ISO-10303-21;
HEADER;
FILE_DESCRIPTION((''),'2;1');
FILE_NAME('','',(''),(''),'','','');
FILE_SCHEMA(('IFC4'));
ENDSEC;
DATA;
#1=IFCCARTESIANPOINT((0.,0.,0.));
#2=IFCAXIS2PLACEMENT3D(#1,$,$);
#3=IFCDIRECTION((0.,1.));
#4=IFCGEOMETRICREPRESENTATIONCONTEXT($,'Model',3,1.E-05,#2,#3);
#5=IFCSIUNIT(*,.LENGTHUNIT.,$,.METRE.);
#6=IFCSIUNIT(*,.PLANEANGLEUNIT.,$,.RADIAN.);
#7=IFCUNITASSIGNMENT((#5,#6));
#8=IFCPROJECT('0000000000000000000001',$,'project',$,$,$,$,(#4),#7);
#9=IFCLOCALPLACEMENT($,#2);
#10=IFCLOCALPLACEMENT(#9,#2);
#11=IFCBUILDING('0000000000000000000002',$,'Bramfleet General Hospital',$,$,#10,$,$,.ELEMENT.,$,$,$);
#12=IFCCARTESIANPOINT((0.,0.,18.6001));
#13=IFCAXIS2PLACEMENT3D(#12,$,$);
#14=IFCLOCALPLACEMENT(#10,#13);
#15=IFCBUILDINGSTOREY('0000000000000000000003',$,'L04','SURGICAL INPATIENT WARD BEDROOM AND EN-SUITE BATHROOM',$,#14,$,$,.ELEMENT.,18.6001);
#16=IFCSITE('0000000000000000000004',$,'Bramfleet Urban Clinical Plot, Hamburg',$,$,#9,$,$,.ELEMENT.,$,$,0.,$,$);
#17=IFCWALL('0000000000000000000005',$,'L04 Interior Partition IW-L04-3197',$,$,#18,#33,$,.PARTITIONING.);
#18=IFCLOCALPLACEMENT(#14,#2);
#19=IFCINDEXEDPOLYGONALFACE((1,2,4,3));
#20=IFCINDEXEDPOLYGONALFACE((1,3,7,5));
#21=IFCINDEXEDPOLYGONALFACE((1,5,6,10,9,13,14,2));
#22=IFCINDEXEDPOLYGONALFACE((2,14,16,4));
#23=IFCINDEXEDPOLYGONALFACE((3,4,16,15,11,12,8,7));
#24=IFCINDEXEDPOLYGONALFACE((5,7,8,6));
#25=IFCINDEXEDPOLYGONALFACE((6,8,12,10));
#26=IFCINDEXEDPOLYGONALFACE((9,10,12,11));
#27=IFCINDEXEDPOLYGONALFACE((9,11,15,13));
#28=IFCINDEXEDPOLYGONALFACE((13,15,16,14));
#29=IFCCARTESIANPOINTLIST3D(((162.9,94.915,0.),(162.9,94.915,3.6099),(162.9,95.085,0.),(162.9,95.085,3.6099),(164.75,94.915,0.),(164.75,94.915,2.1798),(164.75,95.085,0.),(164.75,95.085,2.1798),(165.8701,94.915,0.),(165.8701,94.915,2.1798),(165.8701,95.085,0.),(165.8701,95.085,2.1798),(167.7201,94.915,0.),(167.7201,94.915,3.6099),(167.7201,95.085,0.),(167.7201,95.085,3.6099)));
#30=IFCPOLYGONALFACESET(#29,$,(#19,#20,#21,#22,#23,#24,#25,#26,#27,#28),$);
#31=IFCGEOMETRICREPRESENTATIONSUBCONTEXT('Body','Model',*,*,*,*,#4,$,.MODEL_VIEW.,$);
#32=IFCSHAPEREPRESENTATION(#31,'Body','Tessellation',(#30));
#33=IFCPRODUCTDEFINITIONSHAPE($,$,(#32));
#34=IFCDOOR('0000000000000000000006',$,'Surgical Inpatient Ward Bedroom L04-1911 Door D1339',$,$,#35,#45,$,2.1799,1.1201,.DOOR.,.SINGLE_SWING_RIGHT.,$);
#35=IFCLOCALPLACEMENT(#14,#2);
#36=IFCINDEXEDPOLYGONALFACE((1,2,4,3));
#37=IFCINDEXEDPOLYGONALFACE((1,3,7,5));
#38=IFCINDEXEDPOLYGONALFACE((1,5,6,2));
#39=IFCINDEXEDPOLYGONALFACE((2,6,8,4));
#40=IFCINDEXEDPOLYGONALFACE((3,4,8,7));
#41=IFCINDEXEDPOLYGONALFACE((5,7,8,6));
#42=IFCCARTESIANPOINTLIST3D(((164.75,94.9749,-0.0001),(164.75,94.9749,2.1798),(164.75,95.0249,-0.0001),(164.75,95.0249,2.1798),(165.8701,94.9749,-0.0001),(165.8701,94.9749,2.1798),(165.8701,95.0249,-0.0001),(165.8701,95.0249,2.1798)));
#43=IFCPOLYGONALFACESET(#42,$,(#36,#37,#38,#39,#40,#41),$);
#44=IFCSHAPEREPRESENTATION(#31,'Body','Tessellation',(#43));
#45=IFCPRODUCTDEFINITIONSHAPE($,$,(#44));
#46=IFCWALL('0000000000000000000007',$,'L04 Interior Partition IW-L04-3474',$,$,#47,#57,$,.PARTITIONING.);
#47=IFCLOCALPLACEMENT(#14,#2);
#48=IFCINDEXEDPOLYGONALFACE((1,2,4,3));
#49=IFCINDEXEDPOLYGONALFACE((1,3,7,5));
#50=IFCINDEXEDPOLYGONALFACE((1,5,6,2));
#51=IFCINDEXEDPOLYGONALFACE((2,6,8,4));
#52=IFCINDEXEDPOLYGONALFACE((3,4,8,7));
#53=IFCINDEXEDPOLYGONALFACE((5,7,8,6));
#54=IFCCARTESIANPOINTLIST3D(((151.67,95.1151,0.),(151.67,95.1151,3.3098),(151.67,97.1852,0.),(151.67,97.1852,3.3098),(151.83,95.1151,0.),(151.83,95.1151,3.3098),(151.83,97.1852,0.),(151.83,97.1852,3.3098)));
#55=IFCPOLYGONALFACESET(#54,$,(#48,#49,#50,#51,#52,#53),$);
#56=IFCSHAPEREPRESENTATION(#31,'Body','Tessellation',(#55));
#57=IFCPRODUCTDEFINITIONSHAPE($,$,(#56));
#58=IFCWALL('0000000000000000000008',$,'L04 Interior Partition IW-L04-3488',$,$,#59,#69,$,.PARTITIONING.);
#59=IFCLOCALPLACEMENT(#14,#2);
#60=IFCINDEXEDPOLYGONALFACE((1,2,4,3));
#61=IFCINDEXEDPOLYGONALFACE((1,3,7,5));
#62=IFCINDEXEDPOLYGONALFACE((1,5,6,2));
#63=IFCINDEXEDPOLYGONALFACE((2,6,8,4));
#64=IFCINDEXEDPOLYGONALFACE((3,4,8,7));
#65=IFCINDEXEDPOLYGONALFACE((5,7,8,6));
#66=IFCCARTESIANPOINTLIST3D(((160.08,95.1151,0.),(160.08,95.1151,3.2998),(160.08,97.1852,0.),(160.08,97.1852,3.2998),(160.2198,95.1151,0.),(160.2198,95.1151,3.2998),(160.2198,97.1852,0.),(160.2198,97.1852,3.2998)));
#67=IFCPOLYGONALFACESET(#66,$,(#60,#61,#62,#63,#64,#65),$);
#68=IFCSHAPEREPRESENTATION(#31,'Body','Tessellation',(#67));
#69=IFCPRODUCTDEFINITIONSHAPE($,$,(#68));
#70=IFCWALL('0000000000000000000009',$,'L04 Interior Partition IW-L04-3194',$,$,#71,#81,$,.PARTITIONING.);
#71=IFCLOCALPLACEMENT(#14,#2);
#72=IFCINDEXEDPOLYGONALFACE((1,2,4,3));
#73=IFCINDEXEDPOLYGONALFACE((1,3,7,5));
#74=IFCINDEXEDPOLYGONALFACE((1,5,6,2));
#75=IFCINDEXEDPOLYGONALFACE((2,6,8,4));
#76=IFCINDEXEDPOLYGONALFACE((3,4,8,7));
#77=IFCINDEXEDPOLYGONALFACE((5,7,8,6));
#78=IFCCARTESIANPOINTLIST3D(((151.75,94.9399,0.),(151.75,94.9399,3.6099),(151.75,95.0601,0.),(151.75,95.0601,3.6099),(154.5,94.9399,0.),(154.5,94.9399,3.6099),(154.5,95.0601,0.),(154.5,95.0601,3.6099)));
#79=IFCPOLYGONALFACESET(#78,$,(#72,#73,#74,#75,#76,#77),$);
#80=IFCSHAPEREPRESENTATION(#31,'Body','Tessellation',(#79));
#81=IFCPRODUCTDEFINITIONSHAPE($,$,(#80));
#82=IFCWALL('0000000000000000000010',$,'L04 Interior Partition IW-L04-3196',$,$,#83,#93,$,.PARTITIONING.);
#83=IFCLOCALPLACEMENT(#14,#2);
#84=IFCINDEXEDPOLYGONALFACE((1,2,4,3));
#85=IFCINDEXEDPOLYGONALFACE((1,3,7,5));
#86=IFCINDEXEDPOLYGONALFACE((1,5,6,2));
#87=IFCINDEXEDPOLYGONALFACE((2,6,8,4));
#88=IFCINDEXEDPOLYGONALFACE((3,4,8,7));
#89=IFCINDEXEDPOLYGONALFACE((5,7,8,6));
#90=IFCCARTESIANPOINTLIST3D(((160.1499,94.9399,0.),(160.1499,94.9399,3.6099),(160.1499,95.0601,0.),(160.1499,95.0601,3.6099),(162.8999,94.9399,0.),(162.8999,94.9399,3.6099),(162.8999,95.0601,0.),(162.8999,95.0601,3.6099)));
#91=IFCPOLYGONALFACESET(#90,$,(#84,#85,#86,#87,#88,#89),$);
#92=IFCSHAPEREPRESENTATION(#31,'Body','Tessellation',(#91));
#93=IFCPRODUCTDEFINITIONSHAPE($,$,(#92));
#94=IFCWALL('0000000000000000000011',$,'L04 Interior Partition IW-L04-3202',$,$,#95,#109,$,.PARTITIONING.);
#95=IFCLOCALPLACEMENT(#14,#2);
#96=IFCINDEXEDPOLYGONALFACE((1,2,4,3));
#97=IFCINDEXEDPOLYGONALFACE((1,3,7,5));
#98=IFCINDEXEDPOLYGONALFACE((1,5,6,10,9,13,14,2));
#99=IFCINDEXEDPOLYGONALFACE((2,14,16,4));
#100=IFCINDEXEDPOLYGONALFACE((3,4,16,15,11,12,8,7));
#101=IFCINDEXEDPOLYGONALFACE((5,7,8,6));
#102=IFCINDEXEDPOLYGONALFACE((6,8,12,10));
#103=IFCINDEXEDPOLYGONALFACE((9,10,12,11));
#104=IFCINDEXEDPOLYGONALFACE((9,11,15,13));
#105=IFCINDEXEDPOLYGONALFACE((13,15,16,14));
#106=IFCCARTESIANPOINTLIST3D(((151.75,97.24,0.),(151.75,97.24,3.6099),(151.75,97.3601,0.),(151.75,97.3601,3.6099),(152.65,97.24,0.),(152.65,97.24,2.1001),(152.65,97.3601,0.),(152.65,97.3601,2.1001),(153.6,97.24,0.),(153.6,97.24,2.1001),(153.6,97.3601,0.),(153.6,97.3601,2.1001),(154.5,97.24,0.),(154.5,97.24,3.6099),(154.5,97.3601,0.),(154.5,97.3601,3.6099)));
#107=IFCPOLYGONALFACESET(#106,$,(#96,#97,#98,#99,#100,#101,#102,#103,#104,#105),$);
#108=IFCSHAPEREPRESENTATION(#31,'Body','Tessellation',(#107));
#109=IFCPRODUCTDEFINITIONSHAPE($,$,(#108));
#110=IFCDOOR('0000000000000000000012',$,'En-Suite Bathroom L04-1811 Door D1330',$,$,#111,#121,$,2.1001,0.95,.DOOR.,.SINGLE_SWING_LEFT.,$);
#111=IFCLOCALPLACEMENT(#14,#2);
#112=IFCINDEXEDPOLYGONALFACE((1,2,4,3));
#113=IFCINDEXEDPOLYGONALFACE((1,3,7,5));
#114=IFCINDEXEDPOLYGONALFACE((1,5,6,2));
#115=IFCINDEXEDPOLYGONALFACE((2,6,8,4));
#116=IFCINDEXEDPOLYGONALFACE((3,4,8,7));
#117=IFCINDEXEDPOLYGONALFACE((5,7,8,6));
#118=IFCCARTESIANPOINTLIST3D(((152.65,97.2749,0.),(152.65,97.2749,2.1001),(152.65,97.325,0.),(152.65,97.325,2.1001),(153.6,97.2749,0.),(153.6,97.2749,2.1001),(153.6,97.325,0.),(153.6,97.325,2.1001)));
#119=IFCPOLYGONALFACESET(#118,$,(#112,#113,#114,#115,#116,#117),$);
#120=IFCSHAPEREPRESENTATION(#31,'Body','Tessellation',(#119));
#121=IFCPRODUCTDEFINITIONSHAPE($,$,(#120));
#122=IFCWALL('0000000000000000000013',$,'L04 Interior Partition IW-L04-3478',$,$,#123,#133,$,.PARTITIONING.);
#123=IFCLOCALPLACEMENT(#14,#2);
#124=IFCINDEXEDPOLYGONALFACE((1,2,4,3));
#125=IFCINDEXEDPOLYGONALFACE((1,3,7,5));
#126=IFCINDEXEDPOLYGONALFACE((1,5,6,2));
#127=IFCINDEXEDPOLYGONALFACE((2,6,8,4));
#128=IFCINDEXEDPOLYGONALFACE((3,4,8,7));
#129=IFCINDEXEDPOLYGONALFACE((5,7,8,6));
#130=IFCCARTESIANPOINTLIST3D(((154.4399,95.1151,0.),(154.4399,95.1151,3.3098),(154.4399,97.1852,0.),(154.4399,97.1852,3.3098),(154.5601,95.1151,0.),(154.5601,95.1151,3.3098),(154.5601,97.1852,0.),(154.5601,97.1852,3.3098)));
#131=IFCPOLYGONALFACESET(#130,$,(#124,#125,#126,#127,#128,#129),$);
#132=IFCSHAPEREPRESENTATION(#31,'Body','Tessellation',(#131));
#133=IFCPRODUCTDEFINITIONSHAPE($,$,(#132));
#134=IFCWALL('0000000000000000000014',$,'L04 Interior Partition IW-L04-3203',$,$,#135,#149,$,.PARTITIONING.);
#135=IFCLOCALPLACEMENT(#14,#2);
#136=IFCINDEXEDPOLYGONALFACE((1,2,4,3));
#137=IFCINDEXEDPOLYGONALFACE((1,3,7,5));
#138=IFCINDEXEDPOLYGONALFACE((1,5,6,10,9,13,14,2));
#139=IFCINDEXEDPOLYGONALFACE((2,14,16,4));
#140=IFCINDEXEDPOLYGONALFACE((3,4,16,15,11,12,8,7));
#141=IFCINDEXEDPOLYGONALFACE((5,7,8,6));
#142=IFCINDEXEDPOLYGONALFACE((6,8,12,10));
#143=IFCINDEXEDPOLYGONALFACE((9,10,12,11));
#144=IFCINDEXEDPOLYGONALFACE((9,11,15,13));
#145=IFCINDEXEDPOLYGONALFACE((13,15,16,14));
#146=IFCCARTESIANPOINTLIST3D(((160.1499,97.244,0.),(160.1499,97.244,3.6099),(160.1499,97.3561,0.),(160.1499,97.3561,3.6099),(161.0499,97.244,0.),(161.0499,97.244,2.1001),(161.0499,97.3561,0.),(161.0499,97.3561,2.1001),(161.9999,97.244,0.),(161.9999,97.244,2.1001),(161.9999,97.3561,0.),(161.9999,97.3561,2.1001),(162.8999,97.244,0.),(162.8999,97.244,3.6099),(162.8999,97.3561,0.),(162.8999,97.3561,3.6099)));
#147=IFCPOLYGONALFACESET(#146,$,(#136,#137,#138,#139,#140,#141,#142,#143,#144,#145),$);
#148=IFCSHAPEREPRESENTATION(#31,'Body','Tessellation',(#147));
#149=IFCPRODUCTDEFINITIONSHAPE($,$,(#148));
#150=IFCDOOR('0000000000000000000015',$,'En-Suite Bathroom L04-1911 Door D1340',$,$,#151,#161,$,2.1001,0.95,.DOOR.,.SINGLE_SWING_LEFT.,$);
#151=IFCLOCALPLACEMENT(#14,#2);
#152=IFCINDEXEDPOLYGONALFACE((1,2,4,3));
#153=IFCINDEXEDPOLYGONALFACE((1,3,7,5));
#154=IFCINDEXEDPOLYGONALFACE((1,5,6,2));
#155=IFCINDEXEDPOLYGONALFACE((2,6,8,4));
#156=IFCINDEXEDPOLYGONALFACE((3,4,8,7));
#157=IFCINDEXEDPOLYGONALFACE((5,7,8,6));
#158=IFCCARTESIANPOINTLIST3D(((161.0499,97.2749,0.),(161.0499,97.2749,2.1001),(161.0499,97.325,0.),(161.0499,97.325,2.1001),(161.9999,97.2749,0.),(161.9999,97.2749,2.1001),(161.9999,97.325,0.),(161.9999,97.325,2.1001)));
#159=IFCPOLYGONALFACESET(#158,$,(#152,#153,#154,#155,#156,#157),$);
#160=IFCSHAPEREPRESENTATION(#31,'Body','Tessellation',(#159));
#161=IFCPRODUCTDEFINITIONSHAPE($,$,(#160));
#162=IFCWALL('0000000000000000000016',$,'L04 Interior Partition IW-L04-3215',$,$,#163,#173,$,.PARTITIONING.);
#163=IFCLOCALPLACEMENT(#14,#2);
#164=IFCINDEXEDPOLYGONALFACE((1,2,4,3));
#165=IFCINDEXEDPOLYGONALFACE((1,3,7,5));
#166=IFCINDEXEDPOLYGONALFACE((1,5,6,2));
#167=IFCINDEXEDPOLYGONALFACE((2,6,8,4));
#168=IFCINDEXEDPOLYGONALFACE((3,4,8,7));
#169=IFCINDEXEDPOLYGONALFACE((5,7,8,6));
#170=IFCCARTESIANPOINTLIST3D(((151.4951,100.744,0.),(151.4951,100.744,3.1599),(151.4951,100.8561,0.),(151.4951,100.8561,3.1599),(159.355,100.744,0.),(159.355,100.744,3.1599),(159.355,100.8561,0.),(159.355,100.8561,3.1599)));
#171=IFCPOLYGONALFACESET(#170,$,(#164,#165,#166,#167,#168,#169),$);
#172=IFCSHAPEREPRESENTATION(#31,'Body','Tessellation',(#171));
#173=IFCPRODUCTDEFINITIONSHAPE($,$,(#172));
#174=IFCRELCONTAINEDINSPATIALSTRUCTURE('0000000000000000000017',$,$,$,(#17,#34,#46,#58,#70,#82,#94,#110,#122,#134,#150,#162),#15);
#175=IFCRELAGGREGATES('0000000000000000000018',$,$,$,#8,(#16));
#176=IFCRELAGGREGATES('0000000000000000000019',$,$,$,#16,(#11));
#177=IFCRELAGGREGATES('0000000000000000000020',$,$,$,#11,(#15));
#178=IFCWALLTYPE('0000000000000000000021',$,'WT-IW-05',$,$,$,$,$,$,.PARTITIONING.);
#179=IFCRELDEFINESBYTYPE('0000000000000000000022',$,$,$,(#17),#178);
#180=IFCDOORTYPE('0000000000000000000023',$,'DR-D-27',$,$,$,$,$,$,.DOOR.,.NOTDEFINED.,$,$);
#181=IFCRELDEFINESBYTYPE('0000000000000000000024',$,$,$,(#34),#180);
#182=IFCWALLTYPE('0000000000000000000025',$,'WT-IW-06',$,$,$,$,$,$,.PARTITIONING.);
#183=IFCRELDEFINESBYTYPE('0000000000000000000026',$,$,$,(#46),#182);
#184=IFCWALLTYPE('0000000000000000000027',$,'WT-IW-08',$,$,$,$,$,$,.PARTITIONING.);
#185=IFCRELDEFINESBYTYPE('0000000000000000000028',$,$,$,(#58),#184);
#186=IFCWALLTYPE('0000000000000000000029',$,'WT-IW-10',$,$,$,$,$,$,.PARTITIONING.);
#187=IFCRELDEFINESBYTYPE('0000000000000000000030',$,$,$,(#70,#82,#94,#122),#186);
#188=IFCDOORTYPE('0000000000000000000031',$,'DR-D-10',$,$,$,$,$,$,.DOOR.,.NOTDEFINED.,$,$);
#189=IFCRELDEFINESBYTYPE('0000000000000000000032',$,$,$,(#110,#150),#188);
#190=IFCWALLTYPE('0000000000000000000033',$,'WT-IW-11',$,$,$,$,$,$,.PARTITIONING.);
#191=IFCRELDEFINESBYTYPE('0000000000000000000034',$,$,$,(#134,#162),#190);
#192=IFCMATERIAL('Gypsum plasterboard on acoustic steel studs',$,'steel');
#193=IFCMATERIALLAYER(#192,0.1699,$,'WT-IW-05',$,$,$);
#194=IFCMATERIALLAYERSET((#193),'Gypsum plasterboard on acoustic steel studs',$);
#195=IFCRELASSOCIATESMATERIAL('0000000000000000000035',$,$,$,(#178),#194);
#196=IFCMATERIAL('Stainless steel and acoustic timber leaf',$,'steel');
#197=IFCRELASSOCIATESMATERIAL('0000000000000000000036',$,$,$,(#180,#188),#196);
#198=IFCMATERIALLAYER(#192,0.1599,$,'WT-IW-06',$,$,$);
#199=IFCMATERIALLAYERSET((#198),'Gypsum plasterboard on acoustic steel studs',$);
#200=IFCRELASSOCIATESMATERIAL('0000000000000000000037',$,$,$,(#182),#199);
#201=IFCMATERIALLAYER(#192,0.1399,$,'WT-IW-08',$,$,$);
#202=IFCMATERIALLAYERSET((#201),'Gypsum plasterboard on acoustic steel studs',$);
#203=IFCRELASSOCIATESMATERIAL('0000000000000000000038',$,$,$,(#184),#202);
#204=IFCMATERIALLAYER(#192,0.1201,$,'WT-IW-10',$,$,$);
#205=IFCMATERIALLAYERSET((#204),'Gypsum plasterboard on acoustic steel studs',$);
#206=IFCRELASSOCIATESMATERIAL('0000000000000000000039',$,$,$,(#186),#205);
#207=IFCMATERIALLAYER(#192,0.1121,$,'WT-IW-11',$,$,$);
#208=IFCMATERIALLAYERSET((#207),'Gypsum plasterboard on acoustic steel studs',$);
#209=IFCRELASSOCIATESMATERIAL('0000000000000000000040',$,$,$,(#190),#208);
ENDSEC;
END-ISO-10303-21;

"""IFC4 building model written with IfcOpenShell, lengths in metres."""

from ifc_helpers import new_model, si_unit, direction, frame, frame_2d, origin, place, context, subcontext, project, spatial, rectangle, extrude, material, layer, layer_set, type_object, element, fill, save


model = new_model("IFC4")

# Units and contexts
model_context = context("Model", 3, precision=1e-05, world=origin(), true_north=direction((0.0, 1.0)))
body_context = subcontext(model_context, "Body", "Model", "MODEL_VIEW")
ifc_project = project(units=[si_unit("LENGTHUNIT", "METRE"), si_unit("PLANEANGLEUNIT", "RADIAN")], contexts=[model_context])

# Site, building, storey
site_placement = place(None, origin())
site = spatial("IfcSite", under=ifc_project, at=site_placement, Name="Bramfleet Urban Clinical Plot, Hamburg", CompositionType="ELEMENT", RefElevation=0.0)
building_placement = place(site_placement, origin())
building = spatial("IfcBuilding", under=site, at=building_placement, Name="Bramfleet General Hospital", CompositionType="ELEMENT")
storey_placement = place(building_placement, frame((0.0, 0.0, 18.6001)))
storey = spatial("IfcBuildingStorey", under=building, at=storey_placement, Name="L04", Description="SURGICAL INPATIENT WARD BEDROOM AND EN-SUITE BATHROOM", CompositionType="ELEMENT", Elevation=18.6001)

# Shared definitions
ifc_material_1 = material(Name="Stainless steel and acoustic timber leaf", Category="steel")

# Wall, opening, door
ifc_material_2 = material(Name="Gypsum plasterboard on acoustic steel studs", Category="steel")
ifc_layer_1 = layer(ifc_material_2, 0.1699, Name="WT-IW-05")
ifc_layer_set_1 = layer_set([ifc_layer_1], Name="Gypsum plasterboard on acoustic steel studs")
wall_type_1 = type_object("IfcWallType", Name="WT-IW-05", PredefinedType="PARTITIONING", material=ifc_layer_set_1)
wall_1_placement = place(storey_placement, frame((162.8999, 95.0, 0.0), z_axis=(0.0, 0.0, 1.0), x_axis=(1.0, 0.0, 0.0)))
wall_1 = element("IfcWall", 1, at=wall_1_placement, inside=storey, type_object=wall_type_1, Name="L04 Interior Partition IW-L04-3197", PredefinedType="PARTITIONING", context=body_context, shape_type="SweptSolid", body=[
    extrude(rectangle(XDim=4.8201, YDim=0.1699, at=frame_2d((2.4102, 0.0))), origin(), (0.0, 0.0, 1.0), 3.6099),
])
opening_1_placement = place(wall_1_placement, frame((1.8501, 0.0, 0.0)))
opening_1 = element("IfcOpeningElement", 2, at=opening_1_placement, cuts=wall_1, PredefinedType="OPENING", context=body_context, shape_type="SweptSolid", body=[
    extrude(rectangle(XDim=1.1201, YDim=2.1799, at=frame_2d((0.5601, 1.0898))), frame((0.0, 0.095, 0.0), z_axis=(0.0, -1.0, 0.0), x_axis=(1.0, 0.0, 0.0)), (0.0, 0.0, 1.0), 0.1899),
])
door_type_1 = type_object("IfcDoorType", Name="DR-D-27", OperationType="NOTDEFINED", PredefinedType="DOOR", material=ifc_material_1)
door_1_placement = place(opening_1_placement, origin())
door_1 = element("IfcDoor", 3, at=door_1_placement, inside=storey, type_object=door_type_1, Name="Surgical Inpatient Ward Bedroom L04-1911 Door D1339", OperationType="SINGLE_SWING_RIGHT", OverallHeight=2.1799, OverallWidth=1.1201, PredefinedType="DOOR", context=body_context, shape_type="SweptSolid", body=[
    extrude(rectangle(XDim=1.1201, YDim=2.1799, at=frame_2d((0.5601, 1.0898))), frame((0.0, 0.0249, 0.0), z_axis=(0.0, -1.0, 0.0), x_axis=(1.0, 0.0, 0.0)), (0.0, 0.0, 1.0), 0.05),
])
fill(opening_1, door_1)

# Walls
ifc_layer_2 = layer(ifc_material_2, 0.1599, Name="WT-IW-06")
ifc_layer_set_2 = layer_set([ifc_layer_2], Name="Gypsum plasterboard on acoustic steel studs")
wall_type_2 = type_object("IfcWallType", Name="WT-IW-06", PredefinedType="PARTITIONING", material=ifc_layer_set_2)
wall_2_placement = place(storey_placement, frame((151.75, 95.115, 0.0), z_axis=(0.0, 0.0, 1.0), x_axis=(0.0, 1.0, 0.0)))
element("IfcWall", 4, at=wall_2_placement, inside=storey, type_object=wall_type_2, Name="L04 Interior Partition IW-L04-3474", PredefinedType="PARTITIONING", context=body_context, shape_type="SweptSolid", body=[
    extrude(rectangle(XDim=2.0701, YDim=0.1599, at=frame_2d((1.0352, 0.0))), origin(), (0.0, 0.0, 1.0), 3.3098),
])
ifc_layer_3 = layer(ifc_material_2, 0.1399, Name="WT-IW-08")
ifc_layer_set_3 = layer_set([ifc_layer_3], Name="Gypsum plasterboard on acoustic steel studs")
wall_type_3 = type_object("IfcWallType", Name="WT-IW-08", PredefinedType="PARTITIONING", material=ifc_layer_set_3)
wall_3_placement = place(storey_placement, frame((160.1499, 95.115, 0.0), z_axis=(0.0, 0.0, 1.0), x_axis=(0.0, 1.0, 0.0)))
element("IfcWall", 5, at=wall_3_placement, inside=storey, type_object=wall_type_3, Name="L04 Interior Partition IW-L04-3488", PredefinedType="PARTITIONING", context=body_context, shape_type="SweptSolid", body=[
    extrude(rectangle(XDim=2.0701, YDim=0.1399, at=frame_2d((1.0352, 0.0))), origin(), (0.0, 0.0, 1.0), 3.2998),
])
ifc_layer_4 = layer(ifc_material_2, 0.1201, Name="WT-IW-10")
ifc_layer_set_4 = layer_set([ifc_layer_4], Name="Gypsum plasterboard on acoustic steel studs")
wall_type_4 = type_object("IfcWallType", Name="WT-IW-10", PredefinedType="PARTITIONING", material=ifc_layer_set_4)
for number, where, z_axis, x_axis, name in (
    (6, (151.75, 95.0, 0.0), (0.0, 0.0, 1.0), (1.0, 0.0, 0.0), "L04 Interior Partition IW-L04-3194"),
    (7, (160.1499, 95.0, 0.0), (0.0, 0.0, 1.0), (1.0, 0.0, 0.0), "L04 Interior Partition IW-L04-3196"),
):
    element("IfcWall", number, at=place(storey_placement, frame(where, z_axis=z_axis, x_axis=x_axis)), inside=storey, type_object=wall_type_4, Name=name, PredefinedType="PARTITIONING", context=body_context, shape_type="SweptSolid", body=[
        extrude(rectangle(XDim=2.75, YDim=0.1201, at=frame_2d((1.375, 0.0))), origin(), (0.0, 0.0, 1.0), 3.6099),
    ])

# Wall, opening, door
wall_4_placement = place(storey_placement, frame((151.75, 97.3, 0.0), z_axis=(0.0, 0.0, 1.0), x_axis=(1.0, 0.0, 0.0)))
wall_4 = element("IfcWall", 8, at=wall_4_placement, inside=storey, type_object=wall_type_4, Name="L04 Interior Partition IW-L04-3202", PredefinedType="PARTITIONING", context=body_context, shape_type="SweptSolid", body=[
    extrude(rectangle(XDim=2.75, YDim=0.1201, at=frame_2d((1.375, 0.0))), origin(), (0.0, 0.0, 1.0), 3.6099),
])
opening_2_placement = place(wall_4_placement, frame((0.8999, 0.0, 0.0)))
opening_2 = element("IfcOpeningElement", 9, at=opening_2_placement, cuts=wall_4, PredefinedType="OPENING", context=body_context, shape_type="SweptSolid", body=[
    extrude(rectangle(XDim=0.95, YDim=2.1001, at=frame_2d((0.4751, 1.05))), frame((0.0, 0.0701, 0.0), z_axis=(0.0, -1.0, 0.0), x_axis=(1.0, 0.0, 0.0)), (0.0, 0.0, 1.0), 0.1401),
])
door_type_2 = type_object("IfcDoorType", Name="DR-D-10", OperationType="NOTDEFINED", PredefinedType="DOOR", material=ifc_material_1)
door_2_placement = place(opening_2_placement, origin())
door_2 = element("IfcDoor", 10, at=door_2_placement, inside=storey, type_object=door_type_2, Name="En-Suite Bathroom L04-1811 Door D1330", OperationType="SINGLE_SWING_LEFT", OverallHeight=2.1001, OverallWidth=0.95, PredefinedType="DOOR", context=body_context, shape_type="SweptSolid", body=[
    extrude(rectangle(XDim=0.95, YDim=2.1001, at=frame_2d((0.4751, 1.05))), frame((0.0, 0.0249, 0.0), z_axis=(0.0, -1.0, 0.0), x_axis=(1.0, 0.0, 0.0)), (0.0, 0.0, 1.0), 0.05),
])
fill(opening_2, door_2)

# Wall
wall_5_placement = place(storey_placement, frame((154.5, 95.115, 0.0), z_axis=(0.0, 0.0, 1.0), x_axis=(0.0, 1.0, 0.0)))
element("IfcWall", 11, at=wall_5_placement, inside=storey, type_object=wall_type_4, Name="L04 Interior Partition IW-L04-3478", PredefinedType="PARTITIONING", context=body_context, shape_type="SweptSolid", body=[
    extrude(rectangle(XDim=2.0701, YDim=0.1201, at=frame_2d((1.0352, 0.0))), origin(), (0.0, 0.0, 1.0), 3.3098),
])

# Wall, opening, door
ifc_layer_5 = layer(ifc_material_2, 0.1121, Name="WT-IW-11")
ifc_layer_set_5 = layer_set([ifc_layer_5], Name="Gypsum plasterboard on acoustic steel studs")
wall_type_5 = type_object("IfcWallType", Name="WT-IW-11", PredefinedType="PARTITIONING", material=ifc_layer_set_5)
wall_6_placement = place(storey_placement, frame((160.1499, 97.3, 0.0), z_axis=(0.0, 0.0, 1.0), x_axis=(1.0, 0.0, 0.0)))
wall_6 = element("IfcWall", 12, at=wall_6_placement, inside=storey, type_object=wall_type_5, Name="L04 Interior Partition IW-L04-3203", PredefinedType="PARTITIONING", context=body_context, shape_type="SweptSolid", body=[
    extrude(rectangle(XDim=2.75, YDim=0.1121, at=frame_2d((1.375, 0.0))), origin(), (0.0, 0.0, 1.0), 3.6099),
])
opening_3_placement = place(wall_6_placement, frame((0.8999, 0.0, 0.0)))
opening_3 = element("IfcOpeningElement", 13, at=opening_3_placement, cuts=wall_6, PredefinedType="OPENING", context=body_context, shape_type="SweptSolid", body=[
    extrude(rectangle(XDim=0.95, YDim=2.1001, at=frame_2d((0.4751, 1.05))), frame((0.0, 0.0659, 0.0), z_axis=(0.0, -1.0, 0.0), x_axis=(1.0, 0.0, 0.0)), (0.0, 0.0, 1.0), 0.1321),
])
door_3_placement = place(opening_3_placement, origin())
door_3 = element("IfcDoor", 14, at=door_3_placement, inside=storey, type_object=door_type_2, Name="En-Suite Bathroom L04-1911 Door D1340", OperationType="SINGLE_SWING_LEFT", OverallHeight=2.1001, OverallWidth=0.95, PredefinedType="DOOR", context=body_context, shape_type="SweptSolid", body=[
    extrude(rectangle(XDim=0.95, YDim=2.1001, at=frame_2d((0.4751, 1.05))), frame((0.0, 0.0249, 0.0), z_axis=(0.0, -1.0, 0.0), x_axis=(1.0, 0.0, 0.0)), (0.0, 0.0, 1.0), 0.05),
])
fill(opening_3, door_3)

# Wall
wall_7_placement = place(storey_placement, frame((151.4951, 100.8, 0.0), z_axis=(0.0, 0.0, 1.0), x_axis=(1.0, 0.0, 0.0)))
element("IfcWall", 15, at=wall_7_placement, inside=storey, type_object=wall_type_5, Name="L04 Interior Partition IW-L04-3215", PredefinedType="PARTITIONING", context=body_context, shape_type="SweptSolid", body=[
    extrude(rectangle(XDim=7.8599, YDim=0.1121, at=frame_2d((3.9299, 0.0))), origin(), (0.0, 0.0, 1.0), 3.1599),
])

save(model, "model.ifc")
